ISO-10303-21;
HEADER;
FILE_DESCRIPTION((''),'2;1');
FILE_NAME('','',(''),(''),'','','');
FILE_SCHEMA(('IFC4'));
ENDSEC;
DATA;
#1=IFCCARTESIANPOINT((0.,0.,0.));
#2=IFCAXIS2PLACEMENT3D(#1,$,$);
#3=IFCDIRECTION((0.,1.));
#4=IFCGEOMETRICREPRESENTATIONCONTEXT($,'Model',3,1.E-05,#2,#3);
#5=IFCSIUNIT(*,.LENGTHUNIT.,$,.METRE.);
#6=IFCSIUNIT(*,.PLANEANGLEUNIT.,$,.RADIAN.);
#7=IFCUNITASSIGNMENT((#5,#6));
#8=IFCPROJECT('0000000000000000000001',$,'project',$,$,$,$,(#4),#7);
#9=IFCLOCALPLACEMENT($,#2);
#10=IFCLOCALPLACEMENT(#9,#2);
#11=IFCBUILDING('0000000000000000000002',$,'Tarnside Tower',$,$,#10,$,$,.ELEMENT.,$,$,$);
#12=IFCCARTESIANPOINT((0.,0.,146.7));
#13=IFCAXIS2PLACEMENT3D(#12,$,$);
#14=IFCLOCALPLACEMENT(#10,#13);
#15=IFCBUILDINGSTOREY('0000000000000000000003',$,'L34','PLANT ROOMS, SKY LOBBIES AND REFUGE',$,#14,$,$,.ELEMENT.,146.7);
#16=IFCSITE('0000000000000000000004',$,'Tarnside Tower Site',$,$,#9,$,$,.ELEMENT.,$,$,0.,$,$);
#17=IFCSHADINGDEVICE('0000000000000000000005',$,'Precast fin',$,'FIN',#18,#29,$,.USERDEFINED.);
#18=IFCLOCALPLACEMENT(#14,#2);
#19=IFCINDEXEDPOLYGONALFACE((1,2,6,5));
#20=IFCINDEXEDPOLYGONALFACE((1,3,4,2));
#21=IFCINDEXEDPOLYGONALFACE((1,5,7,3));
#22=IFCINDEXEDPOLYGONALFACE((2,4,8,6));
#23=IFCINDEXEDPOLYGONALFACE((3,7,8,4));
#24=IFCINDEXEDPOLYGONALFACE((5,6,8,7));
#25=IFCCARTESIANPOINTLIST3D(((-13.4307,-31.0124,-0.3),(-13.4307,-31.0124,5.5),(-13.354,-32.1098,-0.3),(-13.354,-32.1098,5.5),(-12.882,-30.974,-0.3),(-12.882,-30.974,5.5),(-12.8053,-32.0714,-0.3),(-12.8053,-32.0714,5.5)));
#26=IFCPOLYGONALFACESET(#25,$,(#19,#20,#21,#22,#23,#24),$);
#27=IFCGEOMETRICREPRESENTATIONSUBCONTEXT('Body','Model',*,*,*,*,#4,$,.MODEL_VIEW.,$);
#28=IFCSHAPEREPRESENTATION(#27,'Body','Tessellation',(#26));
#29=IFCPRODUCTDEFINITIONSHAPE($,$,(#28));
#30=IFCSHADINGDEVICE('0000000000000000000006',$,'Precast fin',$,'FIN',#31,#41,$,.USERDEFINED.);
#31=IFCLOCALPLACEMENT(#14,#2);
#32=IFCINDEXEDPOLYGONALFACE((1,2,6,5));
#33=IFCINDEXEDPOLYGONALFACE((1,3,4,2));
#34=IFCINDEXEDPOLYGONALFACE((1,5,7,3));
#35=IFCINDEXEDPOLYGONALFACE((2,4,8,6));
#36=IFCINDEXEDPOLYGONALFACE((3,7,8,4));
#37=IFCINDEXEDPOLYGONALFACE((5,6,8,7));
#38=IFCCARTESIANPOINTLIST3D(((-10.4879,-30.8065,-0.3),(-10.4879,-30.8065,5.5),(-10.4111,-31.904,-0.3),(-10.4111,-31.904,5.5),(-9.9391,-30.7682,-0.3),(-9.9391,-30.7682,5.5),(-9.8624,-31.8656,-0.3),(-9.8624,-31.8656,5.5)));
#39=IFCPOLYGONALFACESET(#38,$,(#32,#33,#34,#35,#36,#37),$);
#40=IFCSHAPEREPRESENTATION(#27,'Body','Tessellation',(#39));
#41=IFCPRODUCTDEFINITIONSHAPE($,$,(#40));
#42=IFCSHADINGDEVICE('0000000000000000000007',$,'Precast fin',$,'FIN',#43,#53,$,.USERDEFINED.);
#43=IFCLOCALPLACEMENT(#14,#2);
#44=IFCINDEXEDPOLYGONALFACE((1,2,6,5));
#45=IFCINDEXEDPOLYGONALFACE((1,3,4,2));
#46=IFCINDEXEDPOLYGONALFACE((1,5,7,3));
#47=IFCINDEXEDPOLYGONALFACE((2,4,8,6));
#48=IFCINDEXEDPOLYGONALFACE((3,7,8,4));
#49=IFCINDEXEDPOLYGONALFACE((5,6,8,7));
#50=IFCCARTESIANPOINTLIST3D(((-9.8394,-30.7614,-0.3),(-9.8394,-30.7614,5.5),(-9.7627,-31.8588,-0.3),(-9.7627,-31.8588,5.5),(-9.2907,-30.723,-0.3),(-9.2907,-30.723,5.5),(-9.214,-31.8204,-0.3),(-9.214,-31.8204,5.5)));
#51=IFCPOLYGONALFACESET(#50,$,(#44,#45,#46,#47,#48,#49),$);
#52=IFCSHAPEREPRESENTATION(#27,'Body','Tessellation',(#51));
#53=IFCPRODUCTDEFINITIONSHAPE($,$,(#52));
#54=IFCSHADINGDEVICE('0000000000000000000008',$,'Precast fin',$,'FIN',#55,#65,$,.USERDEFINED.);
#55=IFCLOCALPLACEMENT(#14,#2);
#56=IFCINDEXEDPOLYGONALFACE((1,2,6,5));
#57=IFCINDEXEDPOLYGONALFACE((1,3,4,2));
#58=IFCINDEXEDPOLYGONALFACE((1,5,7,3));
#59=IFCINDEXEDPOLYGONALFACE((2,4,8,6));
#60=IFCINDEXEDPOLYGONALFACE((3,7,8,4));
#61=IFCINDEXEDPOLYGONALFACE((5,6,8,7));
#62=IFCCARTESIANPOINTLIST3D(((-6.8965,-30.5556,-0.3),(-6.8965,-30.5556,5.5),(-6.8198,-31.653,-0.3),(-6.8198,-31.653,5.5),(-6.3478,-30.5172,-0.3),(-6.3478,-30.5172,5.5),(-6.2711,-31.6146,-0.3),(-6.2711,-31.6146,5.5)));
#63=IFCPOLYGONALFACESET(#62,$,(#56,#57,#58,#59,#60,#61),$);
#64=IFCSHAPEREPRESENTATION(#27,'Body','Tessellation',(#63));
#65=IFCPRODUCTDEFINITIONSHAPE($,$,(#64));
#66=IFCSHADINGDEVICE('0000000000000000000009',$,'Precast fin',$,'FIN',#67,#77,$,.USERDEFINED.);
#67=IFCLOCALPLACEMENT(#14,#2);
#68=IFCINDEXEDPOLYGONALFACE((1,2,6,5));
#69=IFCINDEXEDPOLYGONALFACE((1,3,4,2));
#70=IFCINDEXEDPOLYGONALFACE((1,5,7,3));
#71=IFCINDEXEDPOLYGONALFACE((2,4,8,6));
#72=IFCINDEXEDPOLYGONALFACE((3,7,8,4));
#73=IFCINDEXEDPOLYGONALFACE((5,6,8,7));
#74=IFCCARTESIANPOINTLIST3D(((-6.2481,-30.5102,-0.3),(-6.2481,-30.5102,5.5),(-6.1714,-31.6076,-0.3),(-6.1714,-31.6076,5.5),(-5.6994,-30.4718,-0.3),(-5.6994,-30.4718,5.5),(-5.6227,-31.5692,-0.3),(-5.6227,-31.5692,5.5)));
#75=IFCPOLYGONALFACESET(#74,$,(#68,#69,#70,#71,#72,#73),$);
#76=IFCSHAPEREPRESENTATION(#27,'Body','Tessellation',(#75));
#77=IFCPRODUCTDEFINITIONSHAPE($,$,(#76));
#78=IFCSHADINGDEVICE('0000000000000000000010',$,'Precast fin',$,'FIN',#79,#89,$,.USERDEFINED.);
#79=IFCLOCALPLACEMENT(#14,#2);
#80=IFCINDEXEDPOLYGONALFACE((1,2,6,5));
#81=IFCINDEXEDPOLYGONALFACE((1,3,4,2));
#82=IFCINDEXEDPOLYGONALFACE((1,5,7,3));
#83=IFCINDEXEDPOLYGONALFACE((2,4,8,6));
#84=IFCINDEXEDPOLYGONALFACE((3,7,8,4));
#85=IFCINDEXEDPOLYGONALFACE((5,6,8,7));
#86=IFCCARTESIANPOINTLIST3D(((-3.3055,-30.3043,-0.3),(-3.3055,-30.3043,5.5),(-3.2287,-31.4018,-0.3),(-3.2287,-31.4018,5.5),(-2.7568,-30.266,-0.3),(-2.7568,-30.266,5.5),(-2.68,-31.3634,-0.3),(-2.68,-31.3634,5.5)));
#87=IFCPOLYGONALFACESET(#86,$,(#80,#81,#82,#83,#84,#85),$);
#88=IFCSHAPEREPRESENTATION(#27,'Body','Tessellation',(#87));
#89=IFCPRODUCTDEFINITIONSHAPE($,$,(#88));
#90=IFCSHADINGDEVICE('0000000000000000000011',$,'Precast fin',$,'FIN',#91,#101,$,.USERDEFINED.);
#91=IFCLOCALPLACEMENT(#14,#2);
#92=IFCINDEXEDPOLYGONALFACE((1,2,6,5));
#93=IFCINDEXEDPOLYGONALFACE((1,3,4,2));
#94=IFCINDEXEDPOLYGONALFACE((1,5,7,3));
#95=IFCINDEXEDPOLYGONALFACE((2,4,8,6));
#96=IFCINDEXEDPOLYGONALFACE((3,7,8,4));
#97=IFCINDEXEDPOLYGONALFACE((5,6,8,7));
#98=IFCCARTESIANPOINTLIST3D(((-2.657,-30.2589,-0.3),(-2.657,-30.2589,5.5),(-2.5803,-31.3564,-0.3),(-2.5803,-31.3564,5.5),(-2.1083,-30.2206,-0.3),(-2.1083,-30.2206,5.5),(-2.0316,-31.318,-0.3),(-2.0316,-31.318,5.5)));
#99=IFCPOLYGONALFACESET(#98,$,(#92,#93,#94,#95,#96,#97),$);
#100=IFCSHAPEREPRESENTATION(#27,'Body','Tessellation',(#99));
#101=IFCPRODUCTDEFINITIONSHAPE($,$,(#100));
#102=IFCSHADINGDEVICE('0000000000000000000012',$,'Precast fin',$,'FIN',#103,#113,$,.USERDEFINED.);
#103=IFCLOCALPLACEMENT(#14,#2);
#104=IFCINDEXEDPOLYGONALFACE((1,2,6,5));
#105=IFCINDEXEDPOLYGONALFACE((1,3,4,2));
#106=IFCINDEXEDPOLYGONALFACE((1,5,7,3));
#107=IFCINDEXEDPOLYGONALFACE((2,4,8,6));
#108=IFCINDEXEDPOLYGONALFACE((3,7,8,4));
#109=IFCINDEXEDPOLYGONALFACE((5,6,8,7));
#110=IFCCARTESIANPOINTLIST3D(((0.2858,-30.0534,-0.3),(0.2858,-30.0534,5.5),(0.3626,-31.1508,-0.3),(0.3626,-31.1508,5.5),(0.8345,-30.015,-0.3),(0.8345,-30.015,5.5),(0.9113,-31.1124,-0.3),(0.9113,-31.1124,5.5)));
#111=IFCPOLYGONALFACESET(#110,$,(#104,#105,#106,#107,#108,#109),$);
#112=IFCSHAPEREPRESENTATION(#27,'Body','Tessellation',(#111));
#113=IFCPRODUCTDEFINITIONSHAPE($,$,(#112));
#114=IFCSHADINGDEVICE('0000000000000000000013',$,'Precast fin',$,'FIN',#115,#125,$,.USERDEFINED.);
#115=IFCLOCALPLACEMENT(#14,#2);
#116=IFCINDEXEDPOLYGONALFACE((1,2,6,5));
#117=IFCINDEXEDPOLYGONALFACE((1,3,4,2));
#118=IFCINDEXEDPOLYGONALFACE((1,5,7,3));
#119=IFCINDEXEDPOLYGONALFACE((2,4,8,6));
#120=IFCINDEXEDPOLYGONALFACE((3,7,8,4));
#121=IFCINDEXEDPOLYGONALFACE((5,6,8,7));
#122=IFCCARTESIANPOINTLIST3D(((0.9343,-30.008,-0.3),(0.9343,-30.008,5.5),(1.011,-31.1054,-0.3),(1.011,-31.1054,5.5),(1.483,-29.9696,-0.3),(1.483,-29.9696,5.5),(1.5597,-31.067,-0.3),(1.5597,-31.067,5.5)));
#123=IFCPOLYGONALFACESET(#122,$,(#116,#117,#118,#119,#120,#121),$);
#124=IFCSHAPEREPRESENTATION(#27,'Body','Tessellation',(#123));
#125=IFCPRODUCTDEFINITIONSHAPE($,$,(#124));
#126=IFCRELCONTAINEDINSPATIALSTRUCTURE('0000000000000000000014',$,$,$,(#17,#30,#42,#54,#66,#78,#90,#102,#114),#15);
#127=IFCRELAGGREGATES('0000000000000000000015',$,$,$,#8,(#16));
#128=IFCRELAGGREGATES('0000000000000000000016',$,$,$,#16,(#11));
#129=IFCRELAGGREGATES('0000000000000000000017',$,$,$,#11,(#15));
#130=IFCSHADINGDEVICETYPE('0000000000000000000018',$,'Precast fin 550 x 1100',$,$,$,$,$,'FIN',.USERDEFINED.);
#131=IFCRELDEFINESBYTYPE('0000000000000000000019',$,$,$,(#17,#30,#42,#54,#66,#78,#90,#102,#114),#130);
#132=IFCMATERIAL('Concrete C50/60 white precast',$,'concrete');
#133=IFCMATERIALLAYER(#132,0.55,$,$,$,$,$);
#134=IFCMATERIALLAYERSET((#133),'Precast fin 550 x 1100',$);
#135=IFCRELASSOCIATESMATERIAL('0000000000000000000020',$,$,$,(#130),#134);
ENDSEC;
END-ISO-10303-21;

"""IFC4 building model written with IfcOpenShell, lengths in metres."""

from ifc_helpers import new_model, si_unit, direction, frame, origin, place, context, subcontext, project, spatial, polyline, outline, extrude, material, layer, layer_set, type_object, element, save


model = new_model("IFC4")

# Units and contexts
model_context = context("Model", 3, precision=1e-05, world=origin(), true_north=direction((0.0, 1.0)))
body_context = subcontext(model_context, "Body", "Model", "MODEL_VIEW")
ifc_project = project(units=[si_unit("LENGTHUNIT", "METRE"), si_unit("PLANEANGLEUNIT", "RADIAN")], contexts=[model_context])

# Site, building, storey
site_placement = place(None, origin())
site = spatial("IfcSite", under=ifc_project, at=site_placement, Name="Tarnside Tower Site", CompositionType="ELEMENT", RefElevation=0.0)
building_placement = place(site_placement, origin())
building = spatial("IfcBuilding", under=site, at=building_placement, Name="Tarnside Tower", CompositionType="ELEMENT")
storey_placement = place(building_placement, frame((0.0, 0.0, 146.7)))
storey = spatial("IfcBuildingStorey", under=building, at=storey_placement, Name="L34", Description="PLANT ROOMS, SKY LOBBIES AND REFUGE", CompositionType="ELEMENT", Elevation=146.7)

# Shading devices
ifc_material_1 = material(Name="Concrete C50/60 white precast", Category="concrete")
ifc_layer_1 = layer(ifc_material_1, 0.55)
ifc_layer_set_1 = layer_set([ifc_layer_1], Name="Precast fin 550 x 1100")
shading_device_type_1 = type_object("IfcShadingDeviceType", Name="Precast fin 550 x 1100", ElementType="FIN", PredefinedType="USERDEFINED", material=ifc_layer_set_1)
for number, where, z_axis, x_axis, name in (
    (1, (-13.1562, -30.9932, -0.3), (-0.997564, -0.069756, 0.0), (0.069756, -0.997564, 0.0), "Precast fin"),
    (2, (-10.2134, -30.7874, -0.3), (-0.997564, -0.069756, 0.0), (0.069756, -0.997564, 0.0), "Precast fin"),
    (3, (-9.5649, -30.7422, -0.3), (-0.997564, -0.069756, 0.0), (0.069756, -0.997564, 0.0), "Precast fin"),
    (4, (-6.6221, -30.5364, -0.3), (-0.997564, -0.069756, 0.0), (0.069756, -0.997564, 0.0), "Precast fin"),
    (5, (-5.9736, -30.491, -0.3), (-0.997564, -0.069756, 0.0), (0.069756, -0.997564, 0.0), "Precast fin"),
    (6, (-3.031, -30.2852, -0.3), (-0.997564, -0.069756, 0.0), (0.069756, -0.997564, 0.0), "Precast fin"),
    (7, (-2.3826, -30.2397, -0.3), (-0.997564, -0.069756, 0.0), (0.069756, -0.997564, 0.0), "Precast fin"),
    (8, (0.5603, -30.0342, -0.3), (-0.997564, -0.069756, 0.0), (0.069756, -0.997564, 0.0), "Precast fin"),
    (9, (1.2087, -29.9888, -0.3), (-0.997564, -0.069756, 0.0), (0.069756, -0.997564, 0.0), "Precast fin"),
):
    element("IfcShadingDevice", number, at=place(storey_placement, frame(where, z_axis=z_axis, x_axis=x_axis)), inside=storey, type_object=shading_device_type_1, Name=name, ObjectType="FIN", PredefinedType="USERDEFINED", context=body_context, shape_type="SweptSolid", body=[
        extrude(outline(polyline([(0.0, 0.0), (1.1001, 0.0), (1.1001, 5.8), (0.0, 5.8), (0.0, 0.0)])), frame((0.0, 0.0, -0.2749)), (0.0, 0.0, 1.0), 0.55),
    ])

save(model, "model.ifc")
